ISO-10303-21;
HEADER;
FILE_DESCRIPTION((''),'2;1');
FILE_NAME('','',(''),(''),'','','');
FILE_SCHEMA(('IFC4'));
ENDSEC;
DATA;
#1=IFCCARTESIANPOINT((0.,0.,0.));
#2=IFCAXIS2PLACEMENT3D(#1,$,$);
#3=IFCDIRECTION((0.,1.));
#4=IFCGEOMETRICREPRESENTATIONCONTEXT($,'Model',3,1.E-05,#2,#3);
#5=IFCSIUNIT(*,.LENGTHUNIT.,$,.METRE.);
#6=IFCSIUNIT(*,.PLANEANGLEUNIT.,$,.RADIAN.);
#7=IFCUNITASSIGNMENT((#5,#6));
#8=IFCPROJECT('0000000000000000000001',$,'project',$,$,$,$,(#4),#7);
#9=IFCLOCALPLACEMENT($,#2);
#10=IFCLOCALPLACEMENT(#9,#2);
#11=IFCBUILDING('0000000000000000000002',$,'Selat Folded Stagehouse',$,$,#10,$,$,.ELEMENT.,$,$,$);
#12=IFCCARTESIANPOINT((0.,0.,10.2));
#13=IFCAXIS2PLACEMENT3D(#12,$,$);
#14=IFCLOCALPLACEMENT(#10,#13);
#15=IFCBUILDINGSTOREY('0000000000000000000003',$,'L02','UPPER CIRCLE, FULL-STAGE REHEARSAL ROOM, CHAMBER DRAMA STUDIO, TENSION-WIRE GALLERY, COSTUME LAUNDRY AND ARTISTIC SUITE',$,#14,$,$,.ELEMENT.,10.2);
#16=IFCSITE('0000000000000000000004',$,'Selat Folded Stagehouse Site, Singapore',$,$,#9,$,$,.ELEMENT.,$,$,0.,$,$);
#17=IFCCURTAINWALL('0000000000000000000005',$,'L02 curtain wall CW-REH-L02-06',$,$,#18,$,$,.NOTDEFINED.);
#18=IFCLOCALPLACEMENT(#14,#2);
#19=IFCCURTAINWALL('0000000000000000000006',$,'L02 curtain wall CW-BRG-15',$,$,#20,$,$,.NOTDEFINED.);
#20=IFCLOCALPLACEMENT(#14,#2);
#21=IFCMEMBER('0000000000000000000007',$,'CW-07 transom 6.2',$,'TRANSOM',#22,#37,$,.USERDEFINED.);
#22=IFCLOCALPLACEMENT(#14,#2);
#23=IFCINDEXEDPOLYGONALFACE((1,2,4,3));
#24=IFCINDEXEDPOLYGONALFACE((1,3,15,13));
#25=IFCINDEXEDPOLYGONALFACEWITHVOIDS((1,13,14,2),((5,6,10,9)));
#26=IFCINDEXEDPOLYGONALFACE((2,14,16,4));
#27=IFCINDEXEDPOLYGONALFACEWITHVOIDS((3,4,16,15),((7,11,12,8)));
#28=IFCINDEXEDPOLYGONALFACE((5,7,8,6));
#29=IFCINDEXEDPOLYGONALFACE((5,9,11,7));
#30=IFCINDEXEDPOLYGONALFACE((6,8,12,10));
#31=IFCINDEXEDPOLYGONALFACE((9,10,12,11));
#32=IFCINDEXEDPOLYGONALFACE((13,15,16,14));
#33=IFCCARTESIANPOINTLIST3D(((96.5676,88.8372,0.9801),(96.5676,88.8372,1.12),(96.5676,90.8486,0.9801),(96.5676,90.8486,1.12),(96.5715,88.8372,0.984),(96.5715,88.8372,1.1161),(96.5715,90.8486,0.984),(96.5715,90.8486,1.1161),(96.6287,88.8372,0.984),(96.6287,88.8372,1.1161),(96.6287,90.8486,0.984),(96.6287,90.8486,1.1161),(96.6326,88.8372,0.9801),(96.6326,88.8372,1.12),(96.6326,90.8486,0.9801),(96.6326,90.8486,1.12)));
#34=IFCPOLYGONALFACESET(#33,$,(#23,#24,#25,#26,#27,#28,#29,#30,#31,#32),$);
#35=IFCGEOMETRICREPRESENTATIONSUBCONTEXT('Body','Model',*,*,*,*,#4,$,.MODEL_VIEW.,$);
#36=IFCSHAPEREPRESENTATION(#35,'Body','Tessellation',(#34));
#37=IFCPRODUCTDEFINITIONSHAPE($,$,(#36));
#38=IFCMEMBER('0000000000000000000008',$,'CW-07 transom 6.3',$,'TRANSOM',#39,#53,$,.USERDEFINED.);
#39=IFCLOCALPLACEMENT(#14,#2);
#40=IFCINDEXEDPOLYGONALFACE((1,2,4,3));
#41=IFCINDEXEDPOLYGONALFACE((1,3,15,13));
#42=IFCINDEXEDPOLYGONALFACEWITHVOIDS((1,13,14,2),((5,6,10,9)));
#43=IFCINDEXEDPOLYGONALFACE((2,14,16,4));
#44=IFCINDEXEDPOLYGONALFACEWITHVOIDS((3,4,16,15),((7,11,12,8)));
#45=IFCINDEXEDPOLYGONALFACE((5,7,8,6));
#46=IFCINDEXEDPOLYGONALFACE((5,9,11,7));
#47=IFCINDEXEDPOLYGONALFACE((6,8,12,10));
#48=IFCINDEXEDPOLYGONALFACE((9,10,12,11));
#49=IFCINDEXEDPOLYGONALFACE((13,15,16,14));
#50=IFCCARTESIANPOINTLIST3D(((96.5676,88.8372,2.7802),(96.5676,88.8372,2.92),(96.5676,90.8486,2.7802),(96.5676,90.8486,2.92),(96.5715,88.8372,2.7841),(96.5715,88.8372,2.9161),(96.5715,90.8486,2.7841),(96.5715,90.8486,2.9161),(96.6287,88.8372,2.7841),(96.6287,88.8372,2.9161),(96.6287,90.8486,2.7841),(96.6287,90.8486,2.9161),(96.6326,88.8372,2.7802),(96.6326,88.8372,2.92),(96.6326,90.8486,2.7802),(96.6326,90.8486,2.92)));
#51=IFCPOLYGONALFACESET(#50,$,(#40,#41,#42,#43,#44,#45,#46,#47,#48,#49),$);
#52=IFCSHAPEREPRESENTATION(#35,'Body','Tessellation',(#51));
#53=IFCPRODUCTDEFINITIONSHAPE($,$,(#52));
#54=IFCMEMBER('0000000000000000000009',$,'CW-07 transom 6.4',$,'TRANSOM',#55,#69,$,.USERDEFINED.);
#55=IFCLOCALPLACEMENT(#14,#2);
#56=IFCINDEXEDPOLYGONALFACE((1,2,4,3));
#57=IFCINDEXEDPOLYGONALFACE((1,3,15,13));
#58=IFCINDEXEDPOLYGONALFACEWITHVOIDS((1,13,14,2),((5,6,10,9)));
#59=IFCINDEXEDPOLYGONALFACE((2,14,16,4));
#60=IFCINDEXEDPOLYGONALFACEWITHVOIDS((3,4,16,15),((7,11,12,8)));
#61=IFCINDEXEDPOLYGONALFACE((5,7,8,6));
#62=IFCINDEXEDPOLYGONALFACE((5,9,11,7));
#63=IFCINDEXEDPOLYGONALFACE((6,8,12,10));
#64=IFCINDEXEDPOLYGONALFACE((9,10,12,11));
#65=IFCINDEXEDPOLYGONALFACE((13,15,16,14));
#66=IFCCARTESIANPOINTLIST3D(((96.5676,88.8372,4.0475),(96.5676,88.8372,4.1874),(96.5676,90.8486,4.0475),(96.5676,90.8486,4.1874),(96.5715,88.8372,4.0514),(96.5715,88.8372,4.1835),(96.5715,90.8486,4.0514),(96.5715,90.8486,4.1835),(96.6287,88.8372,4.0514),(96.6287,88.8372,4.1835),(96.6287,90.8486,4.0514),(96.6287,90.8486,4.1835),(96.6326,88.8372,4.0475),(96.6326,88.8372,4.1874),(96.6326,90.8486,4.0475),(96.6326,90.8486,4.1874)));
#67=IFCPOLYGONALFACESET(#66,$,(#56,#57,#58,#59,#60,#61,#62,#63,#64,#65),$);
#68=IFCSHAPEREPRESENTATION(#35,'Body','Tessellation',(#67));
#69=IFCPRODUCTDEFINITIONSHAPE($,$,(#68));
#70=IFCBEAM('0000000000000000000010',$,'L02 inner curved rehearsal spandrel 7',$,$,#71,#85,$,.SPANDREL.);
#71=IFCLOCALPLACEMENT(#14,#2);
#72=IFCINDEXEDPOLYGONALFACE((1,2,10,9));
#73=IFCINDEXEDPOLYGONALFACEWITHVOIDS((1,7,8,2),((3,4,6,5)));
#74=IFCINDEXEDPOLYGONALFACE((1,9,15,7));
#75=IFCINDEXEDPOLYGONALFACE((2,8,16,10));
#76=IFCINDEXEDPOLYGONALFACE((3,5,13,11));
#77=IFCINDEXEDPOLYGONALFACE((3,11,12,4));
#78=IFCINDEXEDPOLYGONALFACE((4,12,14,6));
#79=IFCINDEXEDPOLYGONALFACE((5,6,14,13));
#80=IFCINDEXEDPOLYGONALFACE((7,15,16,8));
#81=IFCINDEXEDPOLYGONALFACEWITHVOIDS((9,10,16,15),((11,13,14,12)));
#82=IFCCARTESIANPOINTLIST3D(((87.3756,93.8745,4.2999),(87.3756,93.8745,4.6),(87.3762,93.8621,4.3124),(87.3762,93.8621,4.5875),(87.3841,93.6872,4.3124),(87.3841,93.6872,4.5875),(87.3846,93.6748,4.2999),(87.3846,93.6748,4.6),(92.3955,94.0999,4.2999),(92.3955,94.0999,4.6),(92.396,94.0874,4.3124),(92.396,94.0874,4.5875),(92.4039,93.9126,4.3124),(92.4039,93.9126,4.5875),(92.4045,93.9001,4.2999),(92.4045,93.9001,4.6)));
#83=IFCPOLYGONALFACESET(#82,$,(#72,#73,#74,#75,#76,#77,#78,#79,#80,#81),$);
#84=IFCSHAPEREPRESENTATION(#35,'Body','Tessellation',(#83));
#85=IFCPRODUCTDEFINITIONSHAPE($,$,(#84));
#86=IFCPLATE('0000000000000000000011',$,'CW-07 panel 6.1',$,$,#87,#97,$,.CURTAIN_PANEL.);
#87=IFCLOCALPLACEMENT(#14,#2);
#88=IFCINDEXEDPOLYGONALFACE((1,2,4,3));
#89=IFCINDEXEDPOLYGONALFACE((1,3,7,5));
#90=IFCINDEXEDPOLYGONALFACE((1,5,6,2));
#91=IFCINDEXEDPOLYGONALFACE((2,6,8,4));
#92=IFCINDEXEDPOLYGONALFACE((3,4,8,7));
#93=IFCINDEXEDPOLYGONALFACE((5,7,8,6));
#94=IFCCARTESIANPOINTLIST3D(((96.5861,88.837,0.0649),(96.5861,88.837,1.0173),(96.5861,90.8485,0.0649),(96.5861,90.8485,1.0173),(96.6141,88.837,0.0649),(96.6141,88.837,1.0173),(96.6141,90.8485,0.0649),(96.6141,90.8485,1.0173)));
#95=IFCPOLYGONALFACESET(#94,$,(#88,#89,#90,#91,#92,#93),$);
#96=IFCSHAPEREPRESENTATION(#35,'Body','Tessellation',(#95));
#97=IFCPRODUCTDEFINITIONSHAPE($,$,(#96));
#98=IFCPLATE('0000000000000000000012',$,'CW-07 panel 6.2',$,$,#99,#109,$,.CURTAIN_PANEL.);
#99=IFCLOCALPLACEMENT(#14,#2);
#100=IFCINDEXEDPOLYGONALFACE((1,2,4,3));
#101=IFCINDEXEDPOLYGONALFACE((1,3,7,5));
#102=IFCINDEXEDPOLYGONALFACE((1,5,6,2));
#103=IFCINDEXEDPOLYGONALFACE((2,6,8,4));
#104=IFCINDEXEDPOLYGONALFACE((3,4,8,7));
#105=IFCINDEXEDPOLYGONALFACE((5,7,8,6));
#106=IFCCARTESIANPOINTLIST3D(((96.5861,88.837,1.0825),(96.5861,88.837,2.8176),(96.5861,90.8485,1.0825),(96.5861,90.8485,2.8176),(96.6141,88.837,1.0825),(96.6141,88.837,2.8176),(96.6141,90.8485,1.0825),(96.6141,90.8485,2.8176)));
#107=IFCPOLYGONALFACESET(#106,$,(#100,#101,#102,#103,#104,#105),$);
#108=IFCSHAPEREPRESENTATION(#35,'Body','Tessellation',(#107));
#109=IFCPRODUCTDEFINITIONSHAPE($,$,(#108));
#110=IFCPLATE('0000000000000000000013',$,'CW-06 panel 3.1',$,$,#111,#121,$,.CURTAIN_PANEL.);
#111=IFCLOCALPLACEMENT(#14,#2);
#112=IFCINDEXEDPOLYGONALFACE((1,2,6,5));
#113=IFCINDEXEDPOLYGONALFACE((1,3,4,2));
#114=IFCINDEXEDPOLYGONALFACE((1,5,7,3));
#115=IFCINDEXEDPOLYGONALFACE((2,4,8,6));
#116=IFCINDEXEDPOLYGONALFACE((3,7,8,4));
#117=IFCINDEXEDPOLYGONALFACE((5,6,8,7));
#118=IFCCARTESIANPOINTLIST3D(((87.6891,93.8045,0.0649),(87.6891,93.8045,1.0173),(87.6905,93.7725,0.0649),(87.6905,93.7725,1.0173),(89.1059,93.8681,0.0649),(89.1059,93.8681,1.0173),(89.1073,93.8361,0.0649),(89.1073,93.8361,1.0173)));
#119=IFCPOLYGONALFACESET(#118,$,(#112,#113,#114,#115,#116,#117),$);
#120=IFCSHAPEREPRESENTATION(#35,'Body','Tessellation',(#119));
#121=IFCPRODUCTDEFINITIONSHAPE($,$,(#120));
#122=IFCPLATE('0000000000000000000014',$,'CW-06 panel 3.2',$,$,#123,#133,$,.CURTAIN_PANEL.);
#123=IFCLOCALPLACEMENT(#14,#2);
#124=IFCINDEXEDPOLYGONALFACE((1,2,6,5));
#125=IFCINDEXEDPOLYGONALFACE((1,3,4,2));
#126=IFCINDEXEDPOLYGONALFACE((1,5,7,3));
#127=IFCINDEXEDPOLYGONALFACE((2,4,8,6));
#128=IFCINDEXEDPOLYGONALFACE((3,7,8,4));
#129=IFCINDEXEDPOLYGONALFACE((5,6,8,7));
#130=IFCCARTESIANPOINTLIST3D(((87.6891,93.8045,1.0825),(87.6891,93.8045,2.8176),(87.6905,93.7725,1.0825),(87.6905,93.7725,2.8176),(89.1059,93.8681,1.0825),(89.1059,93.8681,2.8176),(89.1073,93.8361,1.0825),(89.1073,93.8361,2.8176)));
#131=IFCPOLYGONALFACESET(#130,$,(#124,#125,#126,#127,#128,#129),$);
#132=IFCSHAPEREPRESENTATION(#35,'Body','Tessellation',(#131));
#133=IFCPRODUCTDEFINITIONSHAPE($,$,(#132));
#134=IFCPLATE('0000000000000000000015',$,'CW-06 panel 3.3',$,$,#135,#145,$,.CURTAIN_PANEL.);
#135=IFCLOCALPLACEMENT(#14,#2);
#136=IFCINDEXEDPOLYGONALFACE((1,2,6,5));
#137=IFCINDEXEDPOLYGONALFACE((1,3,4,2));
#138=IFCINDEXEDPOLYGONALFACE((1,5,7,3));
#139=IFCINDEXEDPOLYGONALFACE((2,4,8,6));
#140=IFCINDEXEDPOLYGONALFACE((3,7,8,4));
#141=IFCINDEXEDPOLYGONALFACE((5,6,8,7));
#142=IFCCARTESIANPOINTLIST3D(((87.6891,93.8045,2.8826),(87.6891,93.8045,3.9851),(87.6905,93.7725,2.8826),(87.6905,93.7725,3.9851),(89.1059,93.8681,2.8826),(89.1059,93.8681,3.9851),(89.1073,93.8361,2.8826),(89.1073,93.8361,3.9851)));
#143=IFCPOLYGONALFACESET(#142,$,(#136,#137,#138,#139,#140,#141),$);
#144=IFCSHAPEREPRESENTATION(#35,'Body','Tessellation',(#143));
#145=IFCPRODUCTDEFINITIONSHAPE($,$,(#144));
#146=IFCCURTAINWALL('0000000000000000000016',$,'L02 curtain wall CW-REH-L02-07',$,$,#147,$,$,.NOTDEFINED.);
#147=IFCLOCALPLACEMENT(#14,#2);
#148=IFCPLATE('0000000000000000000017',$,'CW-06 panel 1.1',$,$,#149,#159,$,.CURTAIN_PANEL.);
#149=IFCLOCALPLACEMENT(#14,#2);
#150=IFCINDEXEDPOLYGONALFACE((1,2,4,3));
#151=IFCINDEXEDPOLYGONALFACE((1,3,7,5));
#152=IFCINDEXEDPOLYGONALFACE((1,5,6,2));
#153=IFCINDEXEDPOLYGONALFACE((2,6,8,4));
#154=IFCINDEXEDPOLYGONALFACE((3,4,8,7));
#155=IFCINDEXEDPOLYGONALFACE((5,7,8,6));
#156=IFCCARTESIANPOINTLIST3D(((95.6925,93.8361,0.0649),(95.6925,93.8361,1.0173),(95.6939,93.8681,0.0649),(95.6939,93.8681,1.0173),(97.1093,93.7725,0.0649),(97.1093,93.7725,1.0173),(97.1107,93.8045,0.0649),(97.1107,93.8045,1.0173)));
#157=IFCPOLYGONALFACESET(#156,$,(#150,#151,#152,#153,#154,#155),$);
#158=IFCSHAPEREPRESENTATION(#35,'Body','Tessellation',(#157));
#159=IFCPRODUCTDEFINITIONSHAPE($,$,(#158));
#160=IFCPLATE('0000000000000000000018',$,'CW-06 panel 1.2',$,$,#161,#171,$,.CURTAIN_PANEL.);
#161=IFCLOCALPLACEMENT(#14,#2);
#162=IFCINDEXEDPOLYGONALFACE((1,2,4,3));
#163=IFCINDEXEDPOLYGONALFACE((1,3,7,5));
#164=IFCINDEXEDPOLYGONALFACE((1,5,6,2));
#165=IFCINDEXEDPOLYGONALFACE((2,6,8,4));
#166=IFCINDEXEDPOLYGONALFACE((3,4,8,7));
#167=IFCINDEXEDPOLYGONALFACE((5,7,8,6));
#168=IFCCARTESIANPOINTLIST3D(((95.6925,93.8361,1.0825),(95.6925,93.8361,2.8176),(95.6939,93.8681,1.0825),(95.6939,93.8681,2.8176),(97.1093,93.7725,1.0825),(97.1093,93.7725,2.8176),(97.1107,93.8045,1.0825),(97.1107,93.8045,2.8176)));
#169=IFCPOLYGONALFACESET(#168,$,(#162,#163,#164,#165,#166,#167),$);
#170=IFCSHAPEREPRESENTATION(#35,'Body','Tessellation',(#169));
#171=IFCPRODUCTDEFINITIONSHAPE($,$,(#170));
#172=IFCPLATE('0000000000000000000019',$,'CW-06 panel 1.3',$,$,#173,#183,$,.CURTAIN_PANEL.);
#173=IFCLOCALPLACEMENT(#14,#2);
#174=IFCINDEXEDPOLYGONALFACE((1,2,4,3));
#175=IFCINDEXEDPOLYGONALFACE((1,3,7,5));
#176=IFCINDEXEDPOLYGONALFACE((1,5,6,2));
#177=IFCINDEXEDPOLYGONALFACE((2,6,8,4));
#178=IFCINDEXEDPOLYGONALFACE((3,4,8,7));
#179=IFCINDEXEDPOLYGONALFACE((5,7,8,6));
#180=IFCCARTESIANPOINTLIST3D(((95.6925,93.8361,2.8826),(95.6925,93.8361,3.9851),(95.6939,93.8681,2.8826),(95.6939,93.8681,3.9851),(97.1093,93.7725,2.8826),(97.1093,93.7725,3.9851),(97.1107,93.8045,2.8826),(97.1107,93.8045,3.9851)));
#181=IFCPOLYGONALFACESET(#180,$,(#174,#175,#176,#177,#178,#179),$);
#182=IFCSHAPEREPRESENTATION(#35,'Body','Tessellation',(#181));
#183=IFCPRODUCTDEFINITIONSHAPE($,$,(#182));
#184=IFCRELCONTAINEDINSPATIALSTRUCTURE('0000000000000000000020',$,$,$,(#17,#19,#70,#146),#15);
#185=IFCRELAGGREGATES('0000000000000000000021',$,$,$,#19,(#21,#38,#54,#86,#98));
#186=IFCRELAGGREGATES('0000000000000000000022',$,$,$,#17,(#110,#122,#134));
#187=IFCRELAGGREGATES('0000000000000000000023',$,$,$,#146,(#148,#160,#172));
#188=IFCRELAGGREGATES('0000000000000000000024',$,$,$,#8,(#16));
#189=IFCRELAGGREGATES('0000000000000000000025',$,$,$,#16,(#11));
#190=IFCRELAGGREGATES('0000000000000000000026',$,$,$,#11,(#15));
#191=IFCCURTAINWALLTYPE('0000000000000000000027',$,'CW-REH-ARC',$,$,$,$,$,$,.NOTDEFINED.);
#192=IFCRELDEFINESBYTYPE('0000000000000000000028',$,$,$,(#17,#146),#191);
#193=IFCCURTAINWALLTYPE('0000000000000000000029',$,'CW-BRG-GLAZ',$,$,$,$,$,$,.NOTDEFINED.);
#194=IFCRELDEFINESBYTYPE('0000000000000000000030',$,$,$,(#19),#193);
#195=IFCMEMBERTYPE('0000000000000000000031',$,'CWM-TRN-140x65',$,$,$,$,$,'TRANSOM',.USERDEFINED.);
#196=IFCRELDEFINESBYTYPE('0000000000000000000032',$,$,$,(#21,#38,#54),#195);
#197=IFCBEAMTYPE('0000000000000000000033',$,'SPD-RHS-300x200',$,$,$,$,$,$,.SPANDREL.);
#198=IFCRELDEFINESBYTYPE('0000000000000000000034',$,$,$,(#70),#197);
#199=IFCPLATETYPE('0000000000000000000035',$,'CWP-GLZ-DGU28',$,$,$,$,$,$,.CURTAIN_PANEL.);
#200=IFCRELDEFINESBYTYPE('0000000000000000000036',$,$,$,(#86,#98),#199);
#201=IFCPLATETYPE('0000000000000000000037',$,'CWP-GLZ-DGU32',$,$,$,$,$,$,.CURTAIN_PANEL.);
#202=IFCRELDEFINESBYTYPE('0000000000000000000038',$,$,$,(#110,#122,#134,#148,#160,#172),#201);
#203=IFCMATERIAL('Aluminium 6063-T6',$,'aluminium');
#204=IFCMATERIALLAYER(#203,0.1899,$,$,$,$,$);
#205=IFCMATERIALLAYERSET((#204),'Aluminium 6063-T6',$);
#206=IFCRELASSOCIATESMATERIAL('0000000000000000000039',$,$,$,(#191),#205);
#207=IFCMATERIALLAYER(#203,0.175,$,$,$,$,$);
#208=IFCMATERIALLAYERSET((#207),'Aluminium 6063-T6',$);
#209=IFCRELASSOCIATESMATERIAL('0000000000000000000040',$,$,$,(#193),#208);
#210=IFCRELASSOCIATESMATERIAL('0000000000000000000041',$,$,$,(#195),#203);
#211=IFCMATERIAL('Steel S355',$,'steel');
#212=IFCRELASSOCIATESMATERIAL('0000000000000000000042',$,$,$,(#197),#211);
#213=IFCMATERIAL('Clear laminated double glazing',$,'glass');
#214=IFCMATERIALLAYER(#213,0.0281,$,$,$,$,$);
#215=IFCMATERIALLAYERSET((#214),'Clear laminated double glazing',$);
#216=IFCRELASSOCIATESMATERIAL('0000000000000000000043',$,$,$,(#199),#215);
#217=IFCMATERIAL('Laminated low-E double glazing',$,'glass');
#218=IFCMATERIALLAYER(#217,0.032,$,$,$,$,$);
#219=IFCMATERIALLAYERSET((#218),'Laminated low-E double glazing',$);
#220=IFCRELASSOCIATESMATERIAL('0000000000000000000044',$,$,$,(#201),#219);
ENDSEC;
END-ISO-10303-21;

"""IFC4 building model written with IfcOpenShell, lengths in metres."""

from ifc_helpers import new_model, si_unit, direction, frame, origin, origin_2d, place, context, subcontext, project, spatial, rectangle, hollow_rectangle, extrude, material, layer, layer_set, material_profile, profile_set, type_object, element, aggregate, save


model = new_model("IFC4")

# Units and contexts
model_context = context("Model", 3, precision=1e-05, world=origin(), true_north=direction((0.0, 1.0)))
body_context = subcontext(model_context, "Body", "Model", "MODEL_VIEW")
ifc_project = project(units=[si_unit("LENGTHUNIT", "METRE"), si_unit("PLANEANGLEUNIT", "RADIAN")], contexts=[model_context])

# Site, building, storey
site_placement = place(None, origin())
site = spatial("IfcSite", under=ifc_project, at=site_placement, Name="Selat Folded Stagehouse Site, Singapore", CompositionType="ELEMENT", RefElevation=0.0)
building_placement = place(site_placement, origin())
building = spatial("IfcBuilding", under=site, at=building_placement, Name="Selat Folded Stagehouse", CompositionType="ELEMENT")
storey_placement = place(building_placement, frame((0.0, 0.0, 10.2)))
storey = spatial("IfcBuildingStorey", under=building, at=storey_placement, Name="L02", Description="UPPER CIRCLE, FULL-STAGE REHEARSAL ROOM, CHAMBER DRAMA STUDIO, TENSION-WIRE GALLERY, COSTUME LAUNDRY AND ARTISTIC SUITE", CompositionType="ELEMENT", Elevation=10.2)

# Shared definitions
ifc_material_1 = material(Name="Steel S355", Category="steel")

# Curtain wall
ifc_material_2 = material(Name="Aluminium 6063-T6", Category="aluminium")
ifc_layer_1 = layer(ifc_material_2, 0.1899)
ifc_layer_set_1 = layer_set([ifc_layer_1], Name="Aluminium 6063-T6")
curtain_wall_type_1 = type_object("IfcCurtainWallType", Name="CW-REH-ARC", PredefinedType="NOTDEFINED", material=ifc_layer_set_1)
curtain_wall_1_placement = place(storey_placement, origin())
curtain_wall_1 = element("IfcCurtainWall", 1, at=curtain_wall_1_placement, inside=storey, type_object=curtain_wall_type_1, Name="L02 curtain wall CW-REH-L02-06", PredefinedType="NOTDEFINED")

# Curtain wall
ifc_layer_2 = layer(ifc_material_2, 0.175)
ifc_layer_set_2 = layer_set([ifc_layer_2], Name="Aluminium 6063-T6")
curtain_wall_type_2 = type_object("IfcCurtainWallType", Name="CW-BRG-GLAZ", PredefinedType="NOTDEFINED", material=ifc_layer_set_2)
curtain_wall_2_placement = place(storey_placement, origin())
curtain_wall_2 = element("IfcCurtainWall", 2, at=curtain_wall_2_placement, inside=storey, type_object=curtain_wall_type_2, Name="L02 curtain wall CW-BRG-15", PredefinedType="NOTDEFINED")

# Members
ifc_material_profile_1 = material_profile(ifc_material_2, hollow_rectangle(XDim=0.0649, YDim=0.1399, WallThickness=0.0039, at=origin_2d()), Name="ALU 140x65x4.0")
ifc_profile_set_1 = profile_set([ifc_material_profile_1], Name="Aluminium 6063-T6")
member_type_1 = type_object("IfcMemberType", Name="CWM-TRN-140x65", ElementType="TRANSOM", PredefinedType="USERDEFINED", material=ifc_profile_set_1)
member_1_placement = place(storey_placement, frame((96.6001, 88.8372, 1.05), z_axis=(0.0, 1.0, 0.0), x_axis=(-1.0, 0.0, 0.0)))
member_1 = element("IfcMember", 3, at=member_1_placement, type_object=member_type_1, Name="CW-07 transom 6.2", ObjectType="TRANSOM", PredefinedType="USERDEFINED", context=body_context, shape_type="SweptSolid", body=[
    extrude(hollow_rectangle(XDim=0.0649, YDim=0.1399, WallThickness=0.0039, at=origin_2d()), origin(), (0.0, 0.0, 1.0), 2.0115),
])
member_2_placement = place(storey_placement, frame((96.6001, 88.8372, 2.8501), z_axis=(0.0, 1.0, 0.0), x_axis=(-1.0, 0.0, 0.0)))
member_2 = element("IfcMember", 4, at=member_2_placement, type_object=member_type_1, Name="CW-07 transom 6.3", ObjectType="TRANSOM", PredefinedType="USERDEFINED", context=body_context, shape_type="SweptSolid", body=[
    extrude(hollow_rectangle(XDim=0.0649, YDim=0.1399, WallThickness=0.0039, at=origin_2d()), origin(), (0.0, 0.0, 1.0), 2.0115),
])
member_3_placement = place(storey_placement, frame((96.6001, 88.8372, 4.1174), z_axis=(0.0, 1.0, 0.0), x_axis=(-1.0, 0.0, 0.0)))
member_3 = element("IfcMember", 5, at=member_3_placement, type_object=member_type_1, Name="CW-07 transom 6.4", ObjectType="TRANSOM", PredefinedType="USERDEFINED", context=body_context, shape_type="SweptSolid", body=[
    extrude(hollow_rectangle(XDim=0.0649, YDim=0.1399, WallThickness=0.0039, at=origin_2d()), origin(), (0.0, 0.0, 1.0), 2.0115),
])

# Beam
ifc_material_profile_2 = material_profile(ifc_material_1, hollow_rectangle(XDim=0.2, YDim=0.3, WallThickness=0.0125, at=origin_2d()), Name="RHS 300x200x12.5")
ifc_profile_set_2 = profile_set([ifc_material_profile_2], Name="Steel S355")
beam_type_1 = type_object("IfcBeamType", Name="SPD-RHS-300x200", PredefinedType="SPANDREL", material=ifc_profile_set_2)
beam_1_placement = place(storey_placement, frame((87.3801, 93.7747, 4.45), z_axis=(0.998994, 0.044846, 0.0), x_axis=(-0.044846, 0.998994, 0.0)))
element("IfcBeam", 6, at=beam_1_placement, inside=storey, type_object=beam_type_1, Name="L02 inner curved rehearsal spandrel 7", PredefinedType="SPANDREL", context=body_context, shape_type="SweptSolid", body=[
    extrude(hollow_rectangle(XDim=0.2, YDim=0.3, WallThickness=0.0125, at=origin_2d()), origin(), (0.0, 0.0, 1.0), 5.0249),
])

# Plates
ifc_material_3 = material(Name="Clear laminated double glazing", Category="glass")
ifc_layer_3 = layer(ifc_material_3, 0.0281)
ifc_layer_set_3 = layer_set([ifc_layer_3], Name="Clear laminated double glazing")
plate_type_1 = type_object("IfcPlateType", Name="CWP-GLZ-DGU28", PredefinedType="CURTAIN_PANEL", material=ifc_layer_set_3)
plate_1_placement = place(storey_placement, frame((96.6001, 89.8428, 0.0649), z_axis=(0.0, 0.0, 1.0), x_axis=(0.0, 1.0, 0.0)))
plate_1 = element("IfcPlate", 7, at=plate_1_placement, type_object=plate_type_1, Name="CW-07 panel 6.1", PredefinedType="CURTAIN_PANEL", context=body_context, shape_type="SweptSolid", body=[
    extrude(rectangle(XDim=2.0115, YDim=0.0281, at=origin_2d()), origin(), (0.0, 0.0, 1.0), 0.9524),
])
plate_2_placement = place(storey_placement, frame((96.6001, 89.8428, 1.0825), z_axis=(0.0, 0.0, 1.0), x_axis=(0.0, 1.0, 0.0)))
plate_2 = element("IfcPlate", 8, at=plate_2_placement, type_object=plate_type_1, Name="CW-07 panel 6.2", PredefinedType="CURTAIN_PANEL", context=body_context, shape_type="SweptSolid", body=[
    extrude(rectangle(XDim=2.0115, YDim=0.0281, at=origin_2d()), origin(), (0.0, 0.0, 1.0), 1.7351),
])
aggregate(curtain_wall_2, [member_1, member_2, member_3, plate_1, plate_2])
ifc_material_4 = material(Name="Laminated low-E double glazing", Category="glass")
ifc_layer_4 = layer(ifc_material_4, 0.032)
ifc_layer_set_4 = layer_set([ifc_layer_4], Name="Laminated low-E double glazing")
plate_type_2 = type_object("IfcPlateType", Name="CWP-GLZ-DGU32", PredefinedType="CURTAIN_PANEL", material=ifc_layer_set_4)
plate_3_placement = place(storey_placement, frame((88.3982, 93.8203, 0.0649), z_axis=(0.0, 0.0, 1.0), x_axis=(-0.998993, -0.044862, 0.0)))
plate_3 = element("IfcPlate", 9, at=plate_3_placement, type_object=plate_type_2, Name="CW-06 panel 3.1", PredefinedType="CURTAIN_PANEL", context=body_context, shape_type="SweptSolid", body=[
    extrude(rectangle(XDim=1.4182, YDim=0.032, at=origin_2d()), origin(), (0.0, 0.0, 1.0), 0.9524),
])
plate_4_placement = place(storey_placement, frame((88.3982, 93.8203, 1.0825), z_axis=(0.0, 0.0, 1.0), x_axis=(-0.998993, -0.044862, 0.0)))
plate_4 = element("IfcPlate", 10, at=plate_4_placement, type_object=plate_type_2, Name="CW-06 panel 3.2", PredefinedType="CURTAIN_PANEL", context=body_context, shape_type="SweptSolid", body=[
    extrude(rectangle(XDim=1.4182, YDim=0.032, at=origin_2d()), origin(), (0.0, 0.0, 1.0), 1.7351),
])
plate_5_placement = place(storey_placement, frame((88.3982, 93.8203, 2.8826), z_axis=(0.0, 0.0, 1.0), x_axis=(-0.998993, -0.044862, 0.0)))
plate_5 = element("IfcPlate", 11, at=plate_5_placement, type_object=plate_type_2, Name="CW-06 panel 3.3", PredefinedType="CURTAIN_PANEL", context=body_context, shape_type="SweptSolid", body=[
    extrude(rectangle(XDim=1.4182, YDim=0.032, at=origin_2d()), origin(), (0.0, 0.0, 1.0), 1.1025),
])
aggregate(curtain_wall_1, [plate_3, plate_4, plate_5])

# Curtain wall, plates
curtain_wall_3_placement = place(storey_placement, origin())
curtain_wall_3 = element("IfcCurtainWall", 12, at=curtain_wall_3_placement, inside=storey, type_object=curtain_wall_type_1, Name="L02 curtain wall CW-REH-L02-07", PredefinedType="NOTDEFINED")
plate_6_placement = place(storey_placement, frame((96.4016, 93.8203, 0.0649), z_axis=(0.0, 0.0, 1.0), x_axis=(-0.998993, 0.044862, 0.0)))
plate_6 = element("IfcPlate", 13, at=plate_6_placement, type_object=plate_type_2, Name="CW-06 panel 1.1", PredefinedType="CURTAIN_PANEL", context=body_context, shape_type="SweptSolid", body=[
    extrude(rectangle(XDim=1.4182, YDim=0.032, at=origin_2d()), origin(), (0.0, 0.0, 1.0), 0.9524),
])
plate_7_placement = place(storey_placement, frame((96.4016, 93.8203, 1.0825), z_axis=(0.0, 0.0, 1.0), x_axis=(-0.998993, 0.044862, 0.0)))
plate_7 = element("IfcPlate", 14, at=plate_7_placement, type_object=plate_type_2, Name="CW-06 panel 1.2", PredefinedType="CURTAIN_PANEL", context=body_context, shape_type="SweptSolid", body=[
    extrude(rectangle(XDim=1.4182, YDim=0.032, at=origin_2d()), origin(), (0.0, 0.0, 1.0), 1.7351),
])
plate_8_placement = place(storey_placement, frame((96.4016, 93.8203, 2.8826), z_axis=(0.0, 0.0, 1.0), x_axis=(-0.998993, 0.044862, 0.0)))
plate_8 = element("IfcPlate", 15, at=plate_8_placement, type_object=plate_type_2, Name="CW-06 panel 1.3", PredefinedType="CURTAIN_PANEL", context=body_context, shape_type="SweptSolid", body=[
    extrude(rectangle(XDim=1.4182, YDim=0.032, at=origin_2d()), origin(), (0.0, 0.0, 1.0), 1.1025),
])
aggregate(curtain_wall_3, [plate_6, plate_7, plate_8])

save(model, "model.ifc")
